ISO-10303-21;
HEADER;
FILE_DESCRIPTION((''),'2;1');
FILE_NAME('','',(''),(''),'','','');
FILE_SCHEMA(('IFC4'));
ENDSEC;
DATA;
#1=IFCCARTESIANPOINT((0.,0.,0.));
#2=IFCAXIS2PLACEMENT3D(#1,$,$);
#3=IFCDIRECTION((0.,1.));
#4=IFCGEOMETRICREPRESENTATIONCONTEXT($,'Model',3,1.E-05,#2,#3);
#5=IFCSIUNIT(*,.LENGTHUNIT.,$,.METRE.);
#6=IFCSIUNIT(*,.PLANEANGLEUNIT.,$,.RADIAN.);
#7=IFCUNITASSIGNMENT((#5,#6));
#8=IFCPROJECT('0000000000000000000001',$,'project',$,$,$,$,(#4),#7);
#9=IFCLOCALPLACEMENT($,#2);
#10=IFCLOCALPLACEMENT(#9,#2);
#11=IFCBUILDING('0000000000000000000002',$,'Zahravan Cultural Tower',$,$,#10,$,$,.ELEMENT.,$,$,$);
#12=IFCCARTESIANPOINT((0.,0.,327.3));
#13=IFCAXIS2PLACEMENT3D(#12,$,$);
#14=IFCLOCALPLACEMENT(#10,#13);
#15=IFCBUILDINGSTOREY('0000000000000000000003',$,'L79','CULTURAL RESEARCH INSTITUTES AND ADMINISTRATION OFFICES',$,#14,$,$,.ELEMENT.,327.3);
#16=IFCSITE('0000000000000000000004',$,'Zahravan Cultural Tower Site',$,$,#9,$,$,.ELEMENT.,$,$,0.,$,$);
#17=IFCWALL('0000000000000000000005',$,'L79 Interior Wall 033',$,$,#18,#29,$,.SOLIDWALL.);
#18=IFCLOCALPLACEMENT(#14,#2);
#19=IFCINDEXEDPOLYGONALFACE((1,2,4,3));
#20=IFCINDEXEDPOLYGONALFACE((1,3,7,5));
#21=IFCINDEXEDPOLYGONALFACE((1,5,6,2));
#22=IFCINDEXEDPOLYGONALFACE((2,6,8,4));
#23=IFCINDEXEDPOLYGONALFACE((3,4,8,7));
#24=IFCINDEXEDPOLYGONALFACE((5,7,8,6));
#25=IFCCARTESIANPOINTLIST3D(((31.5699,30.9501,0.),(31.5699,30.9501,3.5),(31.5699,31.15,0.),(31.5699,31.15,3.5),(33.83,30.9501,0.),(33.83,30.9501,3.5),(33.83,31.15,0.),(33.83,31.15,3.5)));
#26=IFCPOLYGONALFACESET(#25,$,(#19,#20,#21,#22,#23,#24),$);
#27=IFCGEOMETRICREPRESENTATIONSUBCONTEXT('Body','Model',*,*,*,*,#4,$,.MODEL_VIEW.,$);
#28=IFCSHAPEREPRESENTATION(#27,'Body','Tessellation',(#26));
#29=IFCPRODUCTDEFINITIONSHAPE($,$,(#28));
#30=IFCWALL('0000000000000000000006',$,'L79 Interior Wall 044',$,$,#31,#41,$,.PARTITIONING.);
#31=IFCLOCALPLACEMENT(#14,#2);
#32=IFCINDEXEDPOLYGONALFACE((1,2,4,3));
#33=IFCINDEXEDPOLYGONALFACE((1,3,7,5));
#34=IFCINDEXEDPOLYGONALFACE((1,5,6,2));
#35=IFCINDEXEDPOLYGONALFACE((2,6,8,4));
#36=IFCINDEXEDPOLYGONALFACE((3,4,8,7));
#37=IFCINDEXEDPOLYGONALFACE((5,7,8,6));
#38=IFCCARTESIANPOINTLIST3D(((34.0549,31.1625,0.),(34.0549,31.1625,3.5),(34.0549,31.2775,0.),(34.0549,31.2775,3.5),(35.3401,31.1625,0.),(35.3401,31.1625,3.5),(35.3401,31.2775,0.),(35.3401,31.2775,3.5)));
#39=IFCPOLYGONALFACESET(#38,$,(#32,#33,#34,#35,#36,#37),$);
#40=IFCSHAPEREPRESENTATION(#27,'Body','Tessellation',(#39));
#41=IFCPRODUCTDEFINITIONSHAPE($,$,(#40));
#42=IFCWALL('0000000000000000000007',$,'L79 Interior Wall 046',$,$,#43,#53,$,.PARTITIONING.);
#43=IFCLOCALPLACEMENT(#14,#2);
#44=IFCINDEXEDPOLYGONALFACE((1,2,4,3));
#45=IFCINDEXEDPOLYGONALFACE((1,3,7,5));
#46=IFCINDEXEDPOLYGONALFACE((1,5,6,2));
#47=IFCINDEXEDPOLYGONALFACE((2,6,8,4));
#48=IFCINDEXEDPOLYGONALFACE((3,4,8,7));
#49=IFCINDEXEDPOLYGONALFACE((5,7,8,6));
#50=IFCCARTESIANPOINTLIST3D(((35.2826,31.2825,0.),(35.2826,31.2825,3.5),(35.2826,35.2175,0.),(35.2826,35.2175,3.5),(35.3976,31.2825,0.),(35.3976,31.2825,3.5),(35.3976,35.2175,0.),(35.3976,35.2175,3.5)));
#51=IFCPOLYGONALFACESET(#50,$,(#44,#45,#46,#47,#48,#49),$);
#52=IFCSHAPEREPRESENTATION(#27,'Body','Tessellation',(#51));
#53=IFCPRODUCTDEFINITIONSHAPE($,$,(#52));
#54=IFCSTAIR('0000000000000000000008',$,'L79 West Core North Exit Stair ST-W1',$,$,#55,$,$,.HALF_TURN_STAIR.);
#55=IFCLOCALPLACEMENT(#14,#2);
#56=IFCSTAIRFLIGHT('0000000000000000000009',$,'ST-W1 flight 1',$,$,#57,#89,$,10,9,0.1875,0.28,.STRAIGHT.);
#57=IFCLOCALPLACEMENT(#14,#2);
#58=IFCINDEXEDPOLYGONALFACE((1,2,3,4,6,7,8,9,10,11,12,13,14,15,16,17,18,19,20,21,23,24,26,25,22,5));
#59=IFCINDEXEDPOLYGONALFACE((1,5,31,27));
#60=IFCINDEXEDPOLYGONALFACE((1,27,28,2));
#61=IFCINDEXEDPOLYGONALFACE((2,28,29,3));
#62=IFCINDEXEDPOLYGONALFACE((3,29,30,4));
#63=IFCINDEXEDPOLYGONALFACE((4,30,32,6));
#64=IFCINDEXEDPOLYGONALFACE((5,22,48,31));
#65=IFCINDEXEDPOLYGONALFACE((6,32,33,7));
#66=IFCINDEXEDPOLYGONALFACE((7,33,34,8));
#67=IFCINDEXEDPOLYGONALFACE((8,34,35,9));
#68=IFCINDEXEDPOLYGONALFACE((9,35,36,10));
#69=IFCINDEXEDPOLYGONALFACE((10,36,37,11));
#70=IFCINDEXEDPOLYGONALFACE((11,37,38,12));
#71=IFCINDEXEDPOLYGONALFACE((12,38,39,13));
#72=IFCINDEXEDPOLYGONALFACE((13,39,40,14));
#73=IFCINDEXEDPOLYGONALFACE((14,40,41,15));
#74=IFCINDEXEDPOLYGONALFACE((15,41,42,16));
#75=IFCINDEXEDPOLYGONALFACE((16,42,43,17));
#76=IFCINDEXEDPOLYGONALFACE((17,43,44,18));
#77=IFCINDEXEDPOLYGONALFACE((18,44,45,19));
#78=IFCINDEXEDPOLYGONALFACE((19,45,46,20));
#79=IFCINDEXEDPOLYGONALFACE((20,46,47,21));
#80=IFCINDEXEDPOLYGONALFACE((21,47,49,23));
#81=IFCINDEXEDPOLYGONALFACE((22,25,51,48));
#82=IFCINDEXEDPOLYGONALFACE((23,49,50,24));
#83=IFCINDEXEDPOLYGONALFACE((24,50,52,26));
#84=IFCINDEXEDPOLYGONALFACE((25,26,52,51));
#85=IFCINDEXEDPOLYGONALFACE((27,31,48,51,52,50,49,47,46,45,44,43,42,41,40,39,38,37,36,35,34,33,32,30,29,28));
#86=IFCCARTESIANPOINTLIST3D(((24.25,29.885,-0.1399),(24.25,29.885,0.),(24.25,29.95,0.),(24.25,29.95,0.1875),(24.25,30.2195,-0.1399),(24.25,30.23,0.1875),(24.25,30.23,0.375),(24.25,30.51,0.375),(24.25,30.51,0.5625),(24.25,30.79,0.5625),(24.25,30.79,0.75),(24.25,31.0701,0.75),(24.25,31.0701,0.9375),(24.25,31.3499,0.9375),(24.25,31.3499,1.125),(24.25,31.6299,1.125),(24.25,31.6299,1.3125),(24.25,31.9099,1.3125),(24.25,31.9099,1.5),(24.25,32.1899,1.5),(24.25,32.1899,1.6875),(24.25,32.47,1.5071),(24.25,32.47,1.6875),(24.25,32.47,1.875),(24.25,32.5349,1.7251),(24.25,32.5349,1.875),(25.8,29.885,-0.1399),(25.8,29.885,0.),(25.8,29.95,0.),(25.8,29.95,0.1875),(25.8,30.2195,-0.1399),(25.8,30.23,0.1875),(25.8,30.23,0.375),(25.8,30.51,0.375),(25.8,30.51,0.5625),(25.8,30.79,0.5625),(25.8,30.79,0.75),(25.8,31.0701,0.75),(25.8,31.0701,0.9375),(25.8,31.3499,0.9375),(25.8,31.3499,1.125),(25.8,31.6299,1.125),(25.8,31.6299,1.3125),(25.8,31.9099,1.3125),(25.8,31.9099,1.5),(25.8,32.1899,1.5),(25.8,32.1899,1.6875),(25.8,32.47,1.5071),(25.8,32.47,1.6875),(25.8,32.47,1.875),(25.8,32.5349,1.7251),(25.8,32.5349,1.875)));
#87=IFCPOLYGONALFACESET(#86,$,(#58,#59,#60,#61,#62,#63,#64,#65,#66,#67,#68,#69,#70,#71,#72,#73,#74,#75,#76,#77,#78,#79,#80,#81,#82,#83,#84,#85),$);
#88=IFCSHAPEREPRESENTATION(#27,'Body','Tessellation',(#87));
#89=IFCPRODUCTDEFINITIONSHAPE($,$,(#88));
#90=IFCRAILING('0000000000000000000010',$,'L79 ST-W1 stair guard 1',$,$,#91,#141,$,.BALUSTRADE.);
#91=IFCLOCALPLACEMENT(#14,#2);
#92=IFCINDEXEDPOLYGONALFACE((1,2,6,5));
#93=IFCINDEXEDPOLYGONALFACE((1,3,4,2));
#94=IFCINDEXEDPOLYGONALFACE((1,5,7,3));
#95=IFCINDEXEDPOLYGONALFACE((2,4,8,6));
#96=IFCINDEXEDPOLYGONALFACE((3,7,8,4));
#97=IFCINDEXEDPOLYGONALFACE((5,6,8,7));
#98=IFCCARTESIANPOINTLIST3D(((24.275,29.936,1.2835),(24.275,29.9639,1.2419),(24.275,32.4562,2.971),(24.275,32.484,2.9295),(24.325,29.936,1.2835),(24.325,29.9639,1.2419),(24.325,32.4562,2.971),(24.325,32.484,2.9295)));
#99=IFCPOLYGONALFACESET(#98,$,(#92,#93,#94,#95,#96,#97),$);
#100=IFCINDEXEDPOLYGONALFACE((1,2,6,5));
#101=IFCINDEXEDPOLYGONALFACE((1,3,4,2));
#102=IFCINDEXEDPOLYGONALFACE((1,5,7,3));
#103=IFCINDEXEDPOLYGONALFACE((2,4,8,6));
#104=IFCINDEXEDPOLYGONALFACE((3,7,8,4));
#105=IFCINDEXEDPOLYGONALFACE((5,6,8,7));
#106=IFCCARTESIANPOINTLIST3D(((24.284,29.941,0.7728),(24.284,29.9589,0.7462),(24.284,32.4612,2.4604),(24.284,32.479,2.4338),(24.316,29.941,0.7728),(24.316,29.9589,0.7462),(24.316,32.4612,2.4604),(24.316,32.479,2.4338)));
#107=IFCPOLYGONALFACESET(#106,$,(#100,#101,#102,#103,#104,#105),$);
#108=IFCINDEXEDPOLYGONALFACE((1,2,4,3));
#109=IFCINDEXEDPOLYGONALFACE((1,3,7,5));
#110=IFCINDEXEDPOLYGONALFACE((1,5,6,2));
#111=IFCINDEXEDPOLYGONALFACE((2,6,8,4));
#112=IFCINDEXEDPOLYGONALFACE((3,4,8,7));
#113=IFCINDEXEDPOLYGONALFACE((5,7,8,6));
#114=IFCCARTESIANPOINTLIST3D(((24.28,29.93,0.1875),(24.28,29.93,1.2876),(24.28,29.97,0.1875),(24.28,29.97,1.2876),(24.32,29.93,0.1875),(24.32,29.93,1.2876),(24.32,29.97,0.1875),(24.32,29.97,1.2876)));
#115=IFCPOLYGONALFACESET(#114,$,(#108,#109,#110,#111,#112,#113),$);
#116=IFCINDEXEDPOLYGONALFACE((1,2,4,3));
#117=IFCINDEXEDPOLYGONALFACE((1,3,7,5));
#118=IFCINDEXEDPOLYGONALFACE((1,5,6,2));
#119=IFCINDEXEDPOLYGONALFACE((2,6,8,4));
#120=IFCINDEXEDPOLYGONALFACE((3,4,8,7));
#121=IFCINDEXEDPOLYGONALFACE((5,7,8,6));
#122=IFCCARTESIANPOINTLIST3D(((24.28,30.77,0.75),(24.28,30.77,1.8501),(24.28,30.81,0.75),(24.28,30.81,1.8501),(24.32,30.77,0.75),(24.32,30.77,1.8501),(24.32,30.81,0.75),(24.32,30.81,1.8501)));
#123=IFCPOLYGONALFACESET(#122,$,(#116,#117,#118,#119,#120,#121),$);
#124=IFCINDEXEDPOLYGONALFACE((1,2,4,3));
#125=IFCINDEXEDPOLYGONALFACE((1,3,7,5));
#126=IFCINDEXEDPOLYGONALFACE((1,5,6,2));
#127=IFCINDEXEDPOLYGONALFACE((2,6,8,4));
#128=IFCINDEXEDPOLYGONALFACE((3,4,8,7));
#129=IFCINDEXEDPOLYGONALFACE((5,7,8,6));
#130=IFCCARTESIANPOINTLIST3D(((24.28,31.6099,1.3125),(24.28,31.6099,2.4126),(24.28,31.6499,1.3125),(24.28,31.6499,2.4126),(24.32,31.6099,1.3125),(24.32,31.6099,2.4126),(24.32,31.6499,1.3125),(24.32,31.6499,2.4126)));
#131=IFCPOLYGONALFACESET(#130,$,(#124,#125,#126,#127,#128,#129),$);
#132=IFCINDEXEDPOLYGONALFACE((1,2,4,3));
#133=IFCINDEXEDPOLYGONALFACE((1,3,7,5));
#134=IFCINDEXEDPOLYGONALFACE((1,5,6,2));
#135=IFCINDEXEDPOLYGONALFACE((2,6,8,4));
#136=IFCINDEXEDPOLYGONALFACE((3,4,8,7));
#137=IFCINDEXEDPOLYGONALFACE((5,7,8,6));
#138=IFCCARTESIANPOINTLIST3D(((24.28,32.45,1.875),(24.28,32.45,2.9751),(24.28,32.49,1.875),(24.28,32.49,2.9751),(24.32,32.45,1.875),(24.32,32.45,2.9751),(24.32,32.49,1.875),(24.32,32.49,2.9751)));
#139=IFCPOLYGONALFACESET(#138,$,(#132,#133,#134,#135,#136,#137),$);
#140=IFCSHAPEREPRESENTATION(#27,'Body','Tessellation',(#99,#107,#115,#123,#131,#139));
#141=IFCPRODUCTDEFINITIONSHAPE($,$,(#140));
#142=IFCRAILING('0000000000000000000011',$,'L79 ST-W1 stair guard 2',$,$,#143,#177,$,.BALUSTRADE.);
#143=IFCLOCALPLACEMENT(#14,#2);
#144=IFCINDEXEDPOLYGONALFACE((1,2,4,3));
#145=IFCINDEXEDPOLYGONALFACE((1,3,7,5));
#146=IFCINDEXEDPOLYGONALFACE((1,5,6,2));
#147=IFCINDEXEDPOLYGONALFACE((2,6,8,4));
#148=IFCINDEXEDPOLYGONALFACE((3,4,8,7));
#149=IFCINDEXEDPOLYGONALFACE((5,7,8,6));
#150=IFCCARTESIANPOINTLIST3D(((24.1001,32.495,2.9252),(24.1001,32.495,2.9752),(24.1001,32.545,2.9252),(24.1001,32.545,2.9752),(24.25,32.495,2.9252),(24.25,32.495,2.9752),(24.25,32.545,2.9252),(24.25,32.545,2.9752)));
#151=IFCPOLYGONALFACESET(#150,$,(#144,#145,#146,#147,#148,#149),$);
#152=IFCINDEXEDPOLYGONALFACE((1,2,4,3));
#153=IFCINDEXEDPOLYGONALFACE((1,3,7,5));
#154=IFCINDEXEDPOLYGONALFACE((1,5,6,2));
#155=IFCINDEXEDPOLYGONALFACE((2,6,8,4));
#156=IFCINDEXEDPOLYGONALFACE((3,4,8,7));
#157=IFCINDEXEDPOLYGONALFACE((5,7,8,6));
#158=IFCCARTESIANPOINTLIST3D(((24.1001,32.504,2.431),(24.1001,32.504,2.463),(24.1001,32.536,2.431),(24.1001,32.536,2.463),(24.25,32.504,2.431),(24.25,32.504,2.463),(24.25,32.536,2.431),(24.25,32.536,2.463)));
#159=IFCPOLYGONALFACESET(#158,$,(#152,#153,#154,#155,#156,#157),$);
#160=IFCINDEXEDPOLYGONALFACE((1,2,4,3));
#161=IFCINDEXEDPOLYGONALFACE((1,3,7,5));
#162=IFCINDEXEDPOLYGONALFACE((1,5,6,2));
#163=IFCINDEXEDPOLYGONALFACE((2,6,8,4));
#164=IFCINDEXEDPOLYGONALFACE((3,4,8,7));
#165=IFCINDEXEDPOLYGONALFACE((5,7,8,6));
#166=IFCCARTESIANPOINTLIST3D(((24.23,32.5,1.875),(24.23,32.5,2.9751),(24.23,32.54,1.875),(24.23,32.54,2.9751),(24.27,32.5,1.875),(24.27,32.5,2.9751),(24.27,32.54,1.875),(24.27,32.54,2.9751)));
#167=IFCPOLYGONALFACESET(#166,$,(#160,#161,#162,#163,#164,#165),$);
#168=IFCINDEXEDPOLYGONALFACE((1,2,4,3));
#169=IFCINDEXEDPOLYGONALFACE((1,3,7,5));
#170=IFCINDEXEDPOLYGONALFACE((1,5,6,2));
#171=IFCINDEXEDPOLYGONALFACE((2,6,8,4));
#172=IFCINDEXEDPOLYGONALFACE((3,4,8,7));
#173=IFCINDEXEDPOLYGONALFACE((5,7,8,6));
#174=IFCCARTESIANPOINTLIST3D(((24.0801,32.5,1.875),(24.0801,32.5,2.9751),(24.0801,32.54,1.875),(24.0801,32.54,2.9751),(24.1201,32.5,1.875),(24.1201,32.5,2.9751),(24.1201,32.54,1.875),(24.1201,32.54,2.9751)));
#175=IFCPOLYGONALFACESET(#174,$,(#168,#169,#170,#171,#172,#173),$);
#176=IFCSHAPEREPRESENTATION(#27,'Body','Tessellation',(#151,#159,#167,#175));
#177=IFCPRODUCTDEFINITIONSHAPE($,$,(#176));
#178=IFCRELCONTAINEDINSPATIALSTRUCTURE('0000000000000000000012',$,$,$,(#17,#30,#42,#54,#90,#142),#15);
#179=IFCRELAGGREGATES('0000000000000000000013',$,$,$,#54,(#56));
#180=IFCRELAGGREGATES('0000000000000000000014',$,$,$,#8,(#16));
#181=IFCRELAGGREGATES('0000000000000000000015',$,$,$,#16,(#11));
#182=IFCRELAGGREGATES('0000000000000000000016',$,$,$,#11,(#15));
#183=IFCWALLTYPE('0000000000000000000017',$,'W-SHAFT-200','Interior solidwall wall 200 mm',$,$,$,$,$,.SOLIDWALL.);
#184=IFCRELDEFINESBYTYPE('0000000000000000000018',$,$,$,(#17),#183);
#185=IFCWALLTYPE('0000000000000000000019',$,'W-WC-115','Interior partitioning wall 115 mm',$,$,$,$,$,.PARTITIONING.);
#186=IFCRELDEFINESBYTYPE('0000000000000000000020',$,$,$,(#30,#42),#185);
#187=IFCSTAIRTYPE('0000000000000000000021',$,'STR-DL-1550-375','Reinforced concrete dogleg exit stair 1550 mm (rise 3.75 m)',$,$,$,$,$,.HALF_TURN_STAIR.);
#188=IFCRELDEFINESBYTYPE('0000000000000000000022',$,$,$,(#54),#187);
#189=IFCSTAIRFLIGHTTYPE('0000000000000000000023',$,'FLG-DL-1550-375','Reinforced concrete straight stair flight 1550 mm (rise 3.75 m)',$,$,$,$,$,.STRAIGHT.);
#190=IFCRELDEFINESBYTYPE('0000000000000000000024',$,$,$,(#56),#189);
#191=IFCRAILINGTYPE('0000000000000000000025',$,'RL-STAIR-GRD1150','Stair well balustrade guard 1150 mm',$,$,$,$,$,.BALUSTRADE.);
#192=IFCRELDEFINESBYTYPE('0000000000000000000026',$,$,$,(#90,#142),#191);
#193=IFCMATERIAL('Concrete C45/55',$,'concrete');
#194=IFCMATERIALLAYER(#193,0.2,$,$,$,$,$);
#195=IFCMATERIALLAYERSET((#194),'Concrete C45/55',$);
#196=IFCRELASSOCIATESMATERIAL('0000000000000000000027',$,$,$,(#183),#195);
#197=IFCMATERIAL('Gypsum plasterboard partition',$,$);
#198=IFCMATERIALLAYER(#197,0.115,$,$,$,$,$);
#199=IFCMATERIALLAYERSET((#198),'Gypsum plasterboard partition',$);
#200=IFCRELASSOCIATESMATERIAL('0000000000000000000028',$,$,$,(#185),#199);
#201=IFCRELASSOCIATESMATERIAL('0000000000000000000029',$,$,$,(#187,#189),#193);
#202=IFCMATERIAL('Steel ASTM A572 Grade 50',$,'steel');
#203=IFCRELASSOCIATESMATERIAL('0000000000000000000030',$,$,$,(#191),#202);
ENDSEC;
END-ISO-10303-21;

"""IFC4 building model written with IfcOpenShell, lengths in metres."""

from ifc_helpers import new_model, si_unit, direction, frame, frame_2d, origin, origin_2d, place, context, subcontext, project, spatial, polyline, rectangle, outline, extrude, source, transform, mapped, material, layer, layer_set, type_object, element, aggregate, save


model = new_model("IFC4")

# Units and contexts
model_context = context("Model", 3, precision=1e-05, world=origin(), true_north=direction((0.0, 1.0)))
body_context = subcontext(model_context, "Body", "Model", "MODEL_VIEW")
ifc_project = project(units=[si_unit("LENGTHUNIT", "METRE"), si_unit("PLANEANGLEUNIT", "RADIAN")], contexts=[model_context])

# Site, building, storey
site_placement = place(None, origin())
site = spatial("IfcSite", under=ifc_project, at=site_placement, Name="Zahravan Cultural Tower Site", CompositionType="ELEMENT", RefElevation=0.0)
building_placement = place(site_placement, origin())
building = spatial("IfcBuilding", under=site, at=building_placement, Name="Zahravan Cultural Tower", CompositionType="ELEMENT")
storey_placement = place(building_placement, frame((0.0, 0.0, 327.3)))
storey = spatial("IfcBuildingStorey", under=building, at=storey_placement, Name="L79", Description="CULTURAL RESEARCH INSTITUTES AND ADMINISTRATION OFFICES", CompositionType="ELEMENT", Elevation=327.3)

# Shared definitions
ifc_material_1 = material(Name="Steel ASTM A572 Grade 50", Category="steel")
ifc_material_2 = material(Name="Concrete C45/55", Category="concrete")
ifc_layer_1 = layer(ifc_material_2, 0.2)
ifc_layer_set_1 = layer_set([ifc_layer_1], Name="Concrete C45/55")
wall_type_1 = type_object("IfcWallType", Name="W-SHAFT-200", Description="Interior solidwall wall 200 mm", PredefinedType="SOLIDWALL", material=ifc_layer_set_1)

# Walls
shared_shape_1 = source(origin(), body_context, "Body", "SweptSolid", [
    extrude(rectangle(XDim=2.26, YDim=0.2, at=frame_2d((1.1299, 0.0))), origin(), (0.0, 0.0, 1.0), 3.5),
])
for number, where, z_axis, x_axis, name in (
    (1, (31.5701, 31.05, 0.0), (0.0, 0.0, 1.0), (1.0, 0.0, 0.0), "L79 Interior Wall 033"),
):
    element("IfcWall", number, at=place(storey_placement, frame(where, z_axis=z_axis, x_axis=x_axis)), inside=storey, type_object=wall_type_1, Name=name, PredefinedType="SOLIDWALL", context=body_context, shape_type="MappedRepresentation", body=[
        mapped(shared_shape_1, transform((0.0, 0.0, 0.0), x_axis=(1.0, 0.0, 0.0), y_axis=(0.0, 1.0, 0.0), z_axis=(0.0, 0.0, 1.0), scale=1.0)),
    ])
ifc_material_3 = material(Name="Gypsum plasterboard partition")
ifc_layer_2 = layer(ifc_material_3, 0.115)
ifc_layer_set_2 = layer_set([ifc_layer_2], Name="Gypsum plasterboard partition")
wall_type_2 = type_object("IfcWallType", Name="W-WC-115", Description="Interior partitioning wall 115 mm", PredefinedType="PARTITIONING", material=ifc_layer_set_2)
shared_shape_2 = source(origin(), body_context, "Body", "SweptSolid", [
    extrude(rectangle(XDim=1.2852, YDim=0.115, at=frame_2d((0.6426, 0.0))), origin(), (0.0, 0.0, 1.0), 3.5),
])
wall_1_placement = place(storey_placement, frame((35.3401, 31.22, 0.0), z_axis=(0.0, 0.0, 1.0), x_axis=(-1.0, 0.0, 0.0)))
element("IfcWall", 2, at=wall_1_placement, inside=storey, type_object=wall_type_2, Name="L79 Interior Wall 044", PredefinedType="PARTITIONING", context=body_context, shape_type="MappedRepresentation", body=[
    mapped(shared_shape_2, transform((0.0, 0.0, 0.0), x_axis=(1.0, 0.0, 0.0), y_axis=(0.0, 1.0, 0.0), z_axis=(0.0, 0.0, 1.0), scale=1.0)),
])
shared_shape_3 = source(origin(), body_context, "Body", "SweptSolid", [
    extrude(rectangle(XDim=3.9351, YDim=0.115, at=frame_2d((1.9675, 0.0))), origin(), (0.0, 0.0, 1.0), 3.5),
])
wall_2_placement = place(storey_placement, frame((35.3401, 35.2175, 0.0), z_axis=(0.0, 0.0, 1.0), x_axis=(0.0, -1.0, 0.0)))
element("IfcWall", 3, at=wall_2_placement, inside=storey, type_object=wall_type_2, Name="L79 Interior Wall 046", PredefinedType="PARTITIONING", context=body_context, shape_type="MappedRepresentation", body=[
    mapped(shared_shape_3, transform((0.0, 0.0, 0.0), x_axis=(1.0, 0.0, 0.0), y_axis=(0.0, 1.0, 0.0), z_axis=(0.0, 0.0, 1.0), scale=1.0)),
])

# Stair, stair flight
stair_type = type_object("IfcStairType", Name="STR-DL-1550-375", Description="Reinforced concrete dogleg exit stair 1550 mm (rise 3.75 m)", PredefinedType="HALF_TURN_STAIR", material=ifc_material_2)
stair_placement = place(storey_placement, origin())
stair = element("IfcStair", 4, at=stair_placement, inside=storey, type_object=stair_type, Name="L79 West Core North Exit Stair ST-W1", PredefinedType="HALF_TURN_STAIR")
stair_flight_type = type_object("IfcStairFlightType", Name="FLG-DL-1550-375", Description="Reinforced concrete straight stair flight 1550 mm (rise 3.75 m)", PredefinedType="STRAIGHT", material=ifc_material_2)
stair_flight_placement = place(storey_placement, frame((25.0249, 29.95, 0.0), z_axis=(0.0, 0.0, 1.0), x_axis=(0.0, 1.0, 0.0)))
stair_flight = element("IfcStairFlight", 5, at=stair_flight_placement, type_object=stair_flight_type, Name="ST-W1 flight 1", NumberOfRisers=10, NumberOfTreads=9, PredefinedType="STRAIGHT", RiserHeight=0.1875, TreadLength=0.28, context=body_context, shape_type="SweptSolid", body=[
    extrude(outline(polyline([(-0.0649, -0.1399), (-0.0649, 0.0), (0.0, 0.0), (0.0, 0.1875), (0.28, 0.1875), (0.28, 0.375), (0.5601, 0.375), (0.5601, 0.5625), (0.8401, 0.5625), (0.8401, 0.75), (1.1201, 0.75), (1.1201, 0.9375), (1.3999, 0.9375), (1.3999, 1.125), (1.6799, 1.125), (1.6799, 1.3125), (1.96, 1.3125), (1.96, 1.5), (2.24, 1.5), (2.24, 1.6875), (2.52, 1.6875), (2.52, 1.875), (2.585, 1.875), (2.585, 1.7251), (2.52, 1.5071), (0.2695, -0.1399), (-0.0649, -0.1399)])), frame((0.0, 0.7749, 0.0), z_axis=(0.0, -1.0, 0.0), x_axis=(1.0, 0.0, 0.0)), (0.0, 0.0, 1.0), 1.55),
])
aggregate(stair, [stair_flight])

# Railings
railing_type_1 = type_object("IfcRailingType", Name="RL-STAIR-GRD1150", Description="Stair well balustrade guard 1150 mm", PredefinedType="BALUSTRADE", material=ifc_material_1)
railing_1_placement = place(storey_placement, frame((24.3, 29.95, 0.1875)))
element("IfcRailing", 6, at=railing_1_placement, inside=storey, type_object=railing_type_1, Name="L79 ST-W1 stair guard 1", PredefinedType="BALUSTRADE", context=body_context, shape_type="SweptSolid", body=[
    extrude(rectangle(XDim=0.05, YDim=0.05, at=origin_2d()), frame((0.0, 0.0, 1.0752), z_axis=(0.0, 0.830909, 0.556408), x_axis=(-1.0, 0.0, 0.0)), (0.0, 0.0, 1.0), 3.033),
    extrude(rectangle(XDim=0.032, YDim=0.032, at=origin_2d()), frame((0.0, 0.0, 0.572), z_axis=(0.0, 0.830909, 0.556408), x_axis=(-1.0, 0.0, 0.0)), (0.0, 0.0, 1.0), 3.033),
    extrude(rectangle(XDim=0.04, YDim=0.04, at=origin_2d()), origin(), (0.0, 0.0, 1.0), 1.1001),
    extrude(rectangle(XDim=0.04, YDim=0.04, at=origin_2d()), frame((0.0, 0.8401, 0.5625)), (0.0, 0.0, 1.0), 1.1001),
    extrude(rectangle(XDim=0.04, YDim=0.04, at=origin_2d()), frame((0.0, 1.6799, 1.125)), (0.0, 0.0, 1.0), 1.1001),
    extrude(rectangle(XDim=0.04, YDim=0.04, at=origin_2d()), frame((0.0, 2.52, 1.6875)), (0.0, 0.0, 1.0), 1.1001),
])
railing_2_placement = place(storey_placement, frame((24.25, 32.52, 1.875)))
element("IfcRailing", 7, at=railing_2_placement, inside=storey, type_object=railing_type_1, Name="L79 ST-W1 stair guard 2", PredefinedType="BALUSTRADE", context=body_context, shape_type="SweptSolid", body=[
    extrude(rectangle(XDim=0.05, YDim=0.05, at=origin_2d()), frame((0.0, 0.0, 1.0752), z_axis=(-1.0, 0.0, 0.0), x_axis=(0.0, -1.0, 0.0)), (0.0, 0.0, 1.0), 0.1499),
    extrude(rectangle(XDim=0.032, YDim=0.032, at=origin_2d()), frame((0.0, 0.0, 0.572), z_axis=(-1.0, 0.0, 0.0), x_axis=(0.0, -1.0, 0.0)), (0.0, 0.0, 1.0), 0.1499),
    extrude(rectangle(XDim=0.04, YDim=0.04, at=origin_2d()), origin(), (0.0, 0.0, 1.0), 1.1001),
    extrude(rectangle(XDim=0.04, YDim=0.04, at=origin_2d()), frame((-0.1499, 0.0, 0.0)), (0.0, 0.0, 1.0), 1.1001),
])

save(model, "model.ifc")
